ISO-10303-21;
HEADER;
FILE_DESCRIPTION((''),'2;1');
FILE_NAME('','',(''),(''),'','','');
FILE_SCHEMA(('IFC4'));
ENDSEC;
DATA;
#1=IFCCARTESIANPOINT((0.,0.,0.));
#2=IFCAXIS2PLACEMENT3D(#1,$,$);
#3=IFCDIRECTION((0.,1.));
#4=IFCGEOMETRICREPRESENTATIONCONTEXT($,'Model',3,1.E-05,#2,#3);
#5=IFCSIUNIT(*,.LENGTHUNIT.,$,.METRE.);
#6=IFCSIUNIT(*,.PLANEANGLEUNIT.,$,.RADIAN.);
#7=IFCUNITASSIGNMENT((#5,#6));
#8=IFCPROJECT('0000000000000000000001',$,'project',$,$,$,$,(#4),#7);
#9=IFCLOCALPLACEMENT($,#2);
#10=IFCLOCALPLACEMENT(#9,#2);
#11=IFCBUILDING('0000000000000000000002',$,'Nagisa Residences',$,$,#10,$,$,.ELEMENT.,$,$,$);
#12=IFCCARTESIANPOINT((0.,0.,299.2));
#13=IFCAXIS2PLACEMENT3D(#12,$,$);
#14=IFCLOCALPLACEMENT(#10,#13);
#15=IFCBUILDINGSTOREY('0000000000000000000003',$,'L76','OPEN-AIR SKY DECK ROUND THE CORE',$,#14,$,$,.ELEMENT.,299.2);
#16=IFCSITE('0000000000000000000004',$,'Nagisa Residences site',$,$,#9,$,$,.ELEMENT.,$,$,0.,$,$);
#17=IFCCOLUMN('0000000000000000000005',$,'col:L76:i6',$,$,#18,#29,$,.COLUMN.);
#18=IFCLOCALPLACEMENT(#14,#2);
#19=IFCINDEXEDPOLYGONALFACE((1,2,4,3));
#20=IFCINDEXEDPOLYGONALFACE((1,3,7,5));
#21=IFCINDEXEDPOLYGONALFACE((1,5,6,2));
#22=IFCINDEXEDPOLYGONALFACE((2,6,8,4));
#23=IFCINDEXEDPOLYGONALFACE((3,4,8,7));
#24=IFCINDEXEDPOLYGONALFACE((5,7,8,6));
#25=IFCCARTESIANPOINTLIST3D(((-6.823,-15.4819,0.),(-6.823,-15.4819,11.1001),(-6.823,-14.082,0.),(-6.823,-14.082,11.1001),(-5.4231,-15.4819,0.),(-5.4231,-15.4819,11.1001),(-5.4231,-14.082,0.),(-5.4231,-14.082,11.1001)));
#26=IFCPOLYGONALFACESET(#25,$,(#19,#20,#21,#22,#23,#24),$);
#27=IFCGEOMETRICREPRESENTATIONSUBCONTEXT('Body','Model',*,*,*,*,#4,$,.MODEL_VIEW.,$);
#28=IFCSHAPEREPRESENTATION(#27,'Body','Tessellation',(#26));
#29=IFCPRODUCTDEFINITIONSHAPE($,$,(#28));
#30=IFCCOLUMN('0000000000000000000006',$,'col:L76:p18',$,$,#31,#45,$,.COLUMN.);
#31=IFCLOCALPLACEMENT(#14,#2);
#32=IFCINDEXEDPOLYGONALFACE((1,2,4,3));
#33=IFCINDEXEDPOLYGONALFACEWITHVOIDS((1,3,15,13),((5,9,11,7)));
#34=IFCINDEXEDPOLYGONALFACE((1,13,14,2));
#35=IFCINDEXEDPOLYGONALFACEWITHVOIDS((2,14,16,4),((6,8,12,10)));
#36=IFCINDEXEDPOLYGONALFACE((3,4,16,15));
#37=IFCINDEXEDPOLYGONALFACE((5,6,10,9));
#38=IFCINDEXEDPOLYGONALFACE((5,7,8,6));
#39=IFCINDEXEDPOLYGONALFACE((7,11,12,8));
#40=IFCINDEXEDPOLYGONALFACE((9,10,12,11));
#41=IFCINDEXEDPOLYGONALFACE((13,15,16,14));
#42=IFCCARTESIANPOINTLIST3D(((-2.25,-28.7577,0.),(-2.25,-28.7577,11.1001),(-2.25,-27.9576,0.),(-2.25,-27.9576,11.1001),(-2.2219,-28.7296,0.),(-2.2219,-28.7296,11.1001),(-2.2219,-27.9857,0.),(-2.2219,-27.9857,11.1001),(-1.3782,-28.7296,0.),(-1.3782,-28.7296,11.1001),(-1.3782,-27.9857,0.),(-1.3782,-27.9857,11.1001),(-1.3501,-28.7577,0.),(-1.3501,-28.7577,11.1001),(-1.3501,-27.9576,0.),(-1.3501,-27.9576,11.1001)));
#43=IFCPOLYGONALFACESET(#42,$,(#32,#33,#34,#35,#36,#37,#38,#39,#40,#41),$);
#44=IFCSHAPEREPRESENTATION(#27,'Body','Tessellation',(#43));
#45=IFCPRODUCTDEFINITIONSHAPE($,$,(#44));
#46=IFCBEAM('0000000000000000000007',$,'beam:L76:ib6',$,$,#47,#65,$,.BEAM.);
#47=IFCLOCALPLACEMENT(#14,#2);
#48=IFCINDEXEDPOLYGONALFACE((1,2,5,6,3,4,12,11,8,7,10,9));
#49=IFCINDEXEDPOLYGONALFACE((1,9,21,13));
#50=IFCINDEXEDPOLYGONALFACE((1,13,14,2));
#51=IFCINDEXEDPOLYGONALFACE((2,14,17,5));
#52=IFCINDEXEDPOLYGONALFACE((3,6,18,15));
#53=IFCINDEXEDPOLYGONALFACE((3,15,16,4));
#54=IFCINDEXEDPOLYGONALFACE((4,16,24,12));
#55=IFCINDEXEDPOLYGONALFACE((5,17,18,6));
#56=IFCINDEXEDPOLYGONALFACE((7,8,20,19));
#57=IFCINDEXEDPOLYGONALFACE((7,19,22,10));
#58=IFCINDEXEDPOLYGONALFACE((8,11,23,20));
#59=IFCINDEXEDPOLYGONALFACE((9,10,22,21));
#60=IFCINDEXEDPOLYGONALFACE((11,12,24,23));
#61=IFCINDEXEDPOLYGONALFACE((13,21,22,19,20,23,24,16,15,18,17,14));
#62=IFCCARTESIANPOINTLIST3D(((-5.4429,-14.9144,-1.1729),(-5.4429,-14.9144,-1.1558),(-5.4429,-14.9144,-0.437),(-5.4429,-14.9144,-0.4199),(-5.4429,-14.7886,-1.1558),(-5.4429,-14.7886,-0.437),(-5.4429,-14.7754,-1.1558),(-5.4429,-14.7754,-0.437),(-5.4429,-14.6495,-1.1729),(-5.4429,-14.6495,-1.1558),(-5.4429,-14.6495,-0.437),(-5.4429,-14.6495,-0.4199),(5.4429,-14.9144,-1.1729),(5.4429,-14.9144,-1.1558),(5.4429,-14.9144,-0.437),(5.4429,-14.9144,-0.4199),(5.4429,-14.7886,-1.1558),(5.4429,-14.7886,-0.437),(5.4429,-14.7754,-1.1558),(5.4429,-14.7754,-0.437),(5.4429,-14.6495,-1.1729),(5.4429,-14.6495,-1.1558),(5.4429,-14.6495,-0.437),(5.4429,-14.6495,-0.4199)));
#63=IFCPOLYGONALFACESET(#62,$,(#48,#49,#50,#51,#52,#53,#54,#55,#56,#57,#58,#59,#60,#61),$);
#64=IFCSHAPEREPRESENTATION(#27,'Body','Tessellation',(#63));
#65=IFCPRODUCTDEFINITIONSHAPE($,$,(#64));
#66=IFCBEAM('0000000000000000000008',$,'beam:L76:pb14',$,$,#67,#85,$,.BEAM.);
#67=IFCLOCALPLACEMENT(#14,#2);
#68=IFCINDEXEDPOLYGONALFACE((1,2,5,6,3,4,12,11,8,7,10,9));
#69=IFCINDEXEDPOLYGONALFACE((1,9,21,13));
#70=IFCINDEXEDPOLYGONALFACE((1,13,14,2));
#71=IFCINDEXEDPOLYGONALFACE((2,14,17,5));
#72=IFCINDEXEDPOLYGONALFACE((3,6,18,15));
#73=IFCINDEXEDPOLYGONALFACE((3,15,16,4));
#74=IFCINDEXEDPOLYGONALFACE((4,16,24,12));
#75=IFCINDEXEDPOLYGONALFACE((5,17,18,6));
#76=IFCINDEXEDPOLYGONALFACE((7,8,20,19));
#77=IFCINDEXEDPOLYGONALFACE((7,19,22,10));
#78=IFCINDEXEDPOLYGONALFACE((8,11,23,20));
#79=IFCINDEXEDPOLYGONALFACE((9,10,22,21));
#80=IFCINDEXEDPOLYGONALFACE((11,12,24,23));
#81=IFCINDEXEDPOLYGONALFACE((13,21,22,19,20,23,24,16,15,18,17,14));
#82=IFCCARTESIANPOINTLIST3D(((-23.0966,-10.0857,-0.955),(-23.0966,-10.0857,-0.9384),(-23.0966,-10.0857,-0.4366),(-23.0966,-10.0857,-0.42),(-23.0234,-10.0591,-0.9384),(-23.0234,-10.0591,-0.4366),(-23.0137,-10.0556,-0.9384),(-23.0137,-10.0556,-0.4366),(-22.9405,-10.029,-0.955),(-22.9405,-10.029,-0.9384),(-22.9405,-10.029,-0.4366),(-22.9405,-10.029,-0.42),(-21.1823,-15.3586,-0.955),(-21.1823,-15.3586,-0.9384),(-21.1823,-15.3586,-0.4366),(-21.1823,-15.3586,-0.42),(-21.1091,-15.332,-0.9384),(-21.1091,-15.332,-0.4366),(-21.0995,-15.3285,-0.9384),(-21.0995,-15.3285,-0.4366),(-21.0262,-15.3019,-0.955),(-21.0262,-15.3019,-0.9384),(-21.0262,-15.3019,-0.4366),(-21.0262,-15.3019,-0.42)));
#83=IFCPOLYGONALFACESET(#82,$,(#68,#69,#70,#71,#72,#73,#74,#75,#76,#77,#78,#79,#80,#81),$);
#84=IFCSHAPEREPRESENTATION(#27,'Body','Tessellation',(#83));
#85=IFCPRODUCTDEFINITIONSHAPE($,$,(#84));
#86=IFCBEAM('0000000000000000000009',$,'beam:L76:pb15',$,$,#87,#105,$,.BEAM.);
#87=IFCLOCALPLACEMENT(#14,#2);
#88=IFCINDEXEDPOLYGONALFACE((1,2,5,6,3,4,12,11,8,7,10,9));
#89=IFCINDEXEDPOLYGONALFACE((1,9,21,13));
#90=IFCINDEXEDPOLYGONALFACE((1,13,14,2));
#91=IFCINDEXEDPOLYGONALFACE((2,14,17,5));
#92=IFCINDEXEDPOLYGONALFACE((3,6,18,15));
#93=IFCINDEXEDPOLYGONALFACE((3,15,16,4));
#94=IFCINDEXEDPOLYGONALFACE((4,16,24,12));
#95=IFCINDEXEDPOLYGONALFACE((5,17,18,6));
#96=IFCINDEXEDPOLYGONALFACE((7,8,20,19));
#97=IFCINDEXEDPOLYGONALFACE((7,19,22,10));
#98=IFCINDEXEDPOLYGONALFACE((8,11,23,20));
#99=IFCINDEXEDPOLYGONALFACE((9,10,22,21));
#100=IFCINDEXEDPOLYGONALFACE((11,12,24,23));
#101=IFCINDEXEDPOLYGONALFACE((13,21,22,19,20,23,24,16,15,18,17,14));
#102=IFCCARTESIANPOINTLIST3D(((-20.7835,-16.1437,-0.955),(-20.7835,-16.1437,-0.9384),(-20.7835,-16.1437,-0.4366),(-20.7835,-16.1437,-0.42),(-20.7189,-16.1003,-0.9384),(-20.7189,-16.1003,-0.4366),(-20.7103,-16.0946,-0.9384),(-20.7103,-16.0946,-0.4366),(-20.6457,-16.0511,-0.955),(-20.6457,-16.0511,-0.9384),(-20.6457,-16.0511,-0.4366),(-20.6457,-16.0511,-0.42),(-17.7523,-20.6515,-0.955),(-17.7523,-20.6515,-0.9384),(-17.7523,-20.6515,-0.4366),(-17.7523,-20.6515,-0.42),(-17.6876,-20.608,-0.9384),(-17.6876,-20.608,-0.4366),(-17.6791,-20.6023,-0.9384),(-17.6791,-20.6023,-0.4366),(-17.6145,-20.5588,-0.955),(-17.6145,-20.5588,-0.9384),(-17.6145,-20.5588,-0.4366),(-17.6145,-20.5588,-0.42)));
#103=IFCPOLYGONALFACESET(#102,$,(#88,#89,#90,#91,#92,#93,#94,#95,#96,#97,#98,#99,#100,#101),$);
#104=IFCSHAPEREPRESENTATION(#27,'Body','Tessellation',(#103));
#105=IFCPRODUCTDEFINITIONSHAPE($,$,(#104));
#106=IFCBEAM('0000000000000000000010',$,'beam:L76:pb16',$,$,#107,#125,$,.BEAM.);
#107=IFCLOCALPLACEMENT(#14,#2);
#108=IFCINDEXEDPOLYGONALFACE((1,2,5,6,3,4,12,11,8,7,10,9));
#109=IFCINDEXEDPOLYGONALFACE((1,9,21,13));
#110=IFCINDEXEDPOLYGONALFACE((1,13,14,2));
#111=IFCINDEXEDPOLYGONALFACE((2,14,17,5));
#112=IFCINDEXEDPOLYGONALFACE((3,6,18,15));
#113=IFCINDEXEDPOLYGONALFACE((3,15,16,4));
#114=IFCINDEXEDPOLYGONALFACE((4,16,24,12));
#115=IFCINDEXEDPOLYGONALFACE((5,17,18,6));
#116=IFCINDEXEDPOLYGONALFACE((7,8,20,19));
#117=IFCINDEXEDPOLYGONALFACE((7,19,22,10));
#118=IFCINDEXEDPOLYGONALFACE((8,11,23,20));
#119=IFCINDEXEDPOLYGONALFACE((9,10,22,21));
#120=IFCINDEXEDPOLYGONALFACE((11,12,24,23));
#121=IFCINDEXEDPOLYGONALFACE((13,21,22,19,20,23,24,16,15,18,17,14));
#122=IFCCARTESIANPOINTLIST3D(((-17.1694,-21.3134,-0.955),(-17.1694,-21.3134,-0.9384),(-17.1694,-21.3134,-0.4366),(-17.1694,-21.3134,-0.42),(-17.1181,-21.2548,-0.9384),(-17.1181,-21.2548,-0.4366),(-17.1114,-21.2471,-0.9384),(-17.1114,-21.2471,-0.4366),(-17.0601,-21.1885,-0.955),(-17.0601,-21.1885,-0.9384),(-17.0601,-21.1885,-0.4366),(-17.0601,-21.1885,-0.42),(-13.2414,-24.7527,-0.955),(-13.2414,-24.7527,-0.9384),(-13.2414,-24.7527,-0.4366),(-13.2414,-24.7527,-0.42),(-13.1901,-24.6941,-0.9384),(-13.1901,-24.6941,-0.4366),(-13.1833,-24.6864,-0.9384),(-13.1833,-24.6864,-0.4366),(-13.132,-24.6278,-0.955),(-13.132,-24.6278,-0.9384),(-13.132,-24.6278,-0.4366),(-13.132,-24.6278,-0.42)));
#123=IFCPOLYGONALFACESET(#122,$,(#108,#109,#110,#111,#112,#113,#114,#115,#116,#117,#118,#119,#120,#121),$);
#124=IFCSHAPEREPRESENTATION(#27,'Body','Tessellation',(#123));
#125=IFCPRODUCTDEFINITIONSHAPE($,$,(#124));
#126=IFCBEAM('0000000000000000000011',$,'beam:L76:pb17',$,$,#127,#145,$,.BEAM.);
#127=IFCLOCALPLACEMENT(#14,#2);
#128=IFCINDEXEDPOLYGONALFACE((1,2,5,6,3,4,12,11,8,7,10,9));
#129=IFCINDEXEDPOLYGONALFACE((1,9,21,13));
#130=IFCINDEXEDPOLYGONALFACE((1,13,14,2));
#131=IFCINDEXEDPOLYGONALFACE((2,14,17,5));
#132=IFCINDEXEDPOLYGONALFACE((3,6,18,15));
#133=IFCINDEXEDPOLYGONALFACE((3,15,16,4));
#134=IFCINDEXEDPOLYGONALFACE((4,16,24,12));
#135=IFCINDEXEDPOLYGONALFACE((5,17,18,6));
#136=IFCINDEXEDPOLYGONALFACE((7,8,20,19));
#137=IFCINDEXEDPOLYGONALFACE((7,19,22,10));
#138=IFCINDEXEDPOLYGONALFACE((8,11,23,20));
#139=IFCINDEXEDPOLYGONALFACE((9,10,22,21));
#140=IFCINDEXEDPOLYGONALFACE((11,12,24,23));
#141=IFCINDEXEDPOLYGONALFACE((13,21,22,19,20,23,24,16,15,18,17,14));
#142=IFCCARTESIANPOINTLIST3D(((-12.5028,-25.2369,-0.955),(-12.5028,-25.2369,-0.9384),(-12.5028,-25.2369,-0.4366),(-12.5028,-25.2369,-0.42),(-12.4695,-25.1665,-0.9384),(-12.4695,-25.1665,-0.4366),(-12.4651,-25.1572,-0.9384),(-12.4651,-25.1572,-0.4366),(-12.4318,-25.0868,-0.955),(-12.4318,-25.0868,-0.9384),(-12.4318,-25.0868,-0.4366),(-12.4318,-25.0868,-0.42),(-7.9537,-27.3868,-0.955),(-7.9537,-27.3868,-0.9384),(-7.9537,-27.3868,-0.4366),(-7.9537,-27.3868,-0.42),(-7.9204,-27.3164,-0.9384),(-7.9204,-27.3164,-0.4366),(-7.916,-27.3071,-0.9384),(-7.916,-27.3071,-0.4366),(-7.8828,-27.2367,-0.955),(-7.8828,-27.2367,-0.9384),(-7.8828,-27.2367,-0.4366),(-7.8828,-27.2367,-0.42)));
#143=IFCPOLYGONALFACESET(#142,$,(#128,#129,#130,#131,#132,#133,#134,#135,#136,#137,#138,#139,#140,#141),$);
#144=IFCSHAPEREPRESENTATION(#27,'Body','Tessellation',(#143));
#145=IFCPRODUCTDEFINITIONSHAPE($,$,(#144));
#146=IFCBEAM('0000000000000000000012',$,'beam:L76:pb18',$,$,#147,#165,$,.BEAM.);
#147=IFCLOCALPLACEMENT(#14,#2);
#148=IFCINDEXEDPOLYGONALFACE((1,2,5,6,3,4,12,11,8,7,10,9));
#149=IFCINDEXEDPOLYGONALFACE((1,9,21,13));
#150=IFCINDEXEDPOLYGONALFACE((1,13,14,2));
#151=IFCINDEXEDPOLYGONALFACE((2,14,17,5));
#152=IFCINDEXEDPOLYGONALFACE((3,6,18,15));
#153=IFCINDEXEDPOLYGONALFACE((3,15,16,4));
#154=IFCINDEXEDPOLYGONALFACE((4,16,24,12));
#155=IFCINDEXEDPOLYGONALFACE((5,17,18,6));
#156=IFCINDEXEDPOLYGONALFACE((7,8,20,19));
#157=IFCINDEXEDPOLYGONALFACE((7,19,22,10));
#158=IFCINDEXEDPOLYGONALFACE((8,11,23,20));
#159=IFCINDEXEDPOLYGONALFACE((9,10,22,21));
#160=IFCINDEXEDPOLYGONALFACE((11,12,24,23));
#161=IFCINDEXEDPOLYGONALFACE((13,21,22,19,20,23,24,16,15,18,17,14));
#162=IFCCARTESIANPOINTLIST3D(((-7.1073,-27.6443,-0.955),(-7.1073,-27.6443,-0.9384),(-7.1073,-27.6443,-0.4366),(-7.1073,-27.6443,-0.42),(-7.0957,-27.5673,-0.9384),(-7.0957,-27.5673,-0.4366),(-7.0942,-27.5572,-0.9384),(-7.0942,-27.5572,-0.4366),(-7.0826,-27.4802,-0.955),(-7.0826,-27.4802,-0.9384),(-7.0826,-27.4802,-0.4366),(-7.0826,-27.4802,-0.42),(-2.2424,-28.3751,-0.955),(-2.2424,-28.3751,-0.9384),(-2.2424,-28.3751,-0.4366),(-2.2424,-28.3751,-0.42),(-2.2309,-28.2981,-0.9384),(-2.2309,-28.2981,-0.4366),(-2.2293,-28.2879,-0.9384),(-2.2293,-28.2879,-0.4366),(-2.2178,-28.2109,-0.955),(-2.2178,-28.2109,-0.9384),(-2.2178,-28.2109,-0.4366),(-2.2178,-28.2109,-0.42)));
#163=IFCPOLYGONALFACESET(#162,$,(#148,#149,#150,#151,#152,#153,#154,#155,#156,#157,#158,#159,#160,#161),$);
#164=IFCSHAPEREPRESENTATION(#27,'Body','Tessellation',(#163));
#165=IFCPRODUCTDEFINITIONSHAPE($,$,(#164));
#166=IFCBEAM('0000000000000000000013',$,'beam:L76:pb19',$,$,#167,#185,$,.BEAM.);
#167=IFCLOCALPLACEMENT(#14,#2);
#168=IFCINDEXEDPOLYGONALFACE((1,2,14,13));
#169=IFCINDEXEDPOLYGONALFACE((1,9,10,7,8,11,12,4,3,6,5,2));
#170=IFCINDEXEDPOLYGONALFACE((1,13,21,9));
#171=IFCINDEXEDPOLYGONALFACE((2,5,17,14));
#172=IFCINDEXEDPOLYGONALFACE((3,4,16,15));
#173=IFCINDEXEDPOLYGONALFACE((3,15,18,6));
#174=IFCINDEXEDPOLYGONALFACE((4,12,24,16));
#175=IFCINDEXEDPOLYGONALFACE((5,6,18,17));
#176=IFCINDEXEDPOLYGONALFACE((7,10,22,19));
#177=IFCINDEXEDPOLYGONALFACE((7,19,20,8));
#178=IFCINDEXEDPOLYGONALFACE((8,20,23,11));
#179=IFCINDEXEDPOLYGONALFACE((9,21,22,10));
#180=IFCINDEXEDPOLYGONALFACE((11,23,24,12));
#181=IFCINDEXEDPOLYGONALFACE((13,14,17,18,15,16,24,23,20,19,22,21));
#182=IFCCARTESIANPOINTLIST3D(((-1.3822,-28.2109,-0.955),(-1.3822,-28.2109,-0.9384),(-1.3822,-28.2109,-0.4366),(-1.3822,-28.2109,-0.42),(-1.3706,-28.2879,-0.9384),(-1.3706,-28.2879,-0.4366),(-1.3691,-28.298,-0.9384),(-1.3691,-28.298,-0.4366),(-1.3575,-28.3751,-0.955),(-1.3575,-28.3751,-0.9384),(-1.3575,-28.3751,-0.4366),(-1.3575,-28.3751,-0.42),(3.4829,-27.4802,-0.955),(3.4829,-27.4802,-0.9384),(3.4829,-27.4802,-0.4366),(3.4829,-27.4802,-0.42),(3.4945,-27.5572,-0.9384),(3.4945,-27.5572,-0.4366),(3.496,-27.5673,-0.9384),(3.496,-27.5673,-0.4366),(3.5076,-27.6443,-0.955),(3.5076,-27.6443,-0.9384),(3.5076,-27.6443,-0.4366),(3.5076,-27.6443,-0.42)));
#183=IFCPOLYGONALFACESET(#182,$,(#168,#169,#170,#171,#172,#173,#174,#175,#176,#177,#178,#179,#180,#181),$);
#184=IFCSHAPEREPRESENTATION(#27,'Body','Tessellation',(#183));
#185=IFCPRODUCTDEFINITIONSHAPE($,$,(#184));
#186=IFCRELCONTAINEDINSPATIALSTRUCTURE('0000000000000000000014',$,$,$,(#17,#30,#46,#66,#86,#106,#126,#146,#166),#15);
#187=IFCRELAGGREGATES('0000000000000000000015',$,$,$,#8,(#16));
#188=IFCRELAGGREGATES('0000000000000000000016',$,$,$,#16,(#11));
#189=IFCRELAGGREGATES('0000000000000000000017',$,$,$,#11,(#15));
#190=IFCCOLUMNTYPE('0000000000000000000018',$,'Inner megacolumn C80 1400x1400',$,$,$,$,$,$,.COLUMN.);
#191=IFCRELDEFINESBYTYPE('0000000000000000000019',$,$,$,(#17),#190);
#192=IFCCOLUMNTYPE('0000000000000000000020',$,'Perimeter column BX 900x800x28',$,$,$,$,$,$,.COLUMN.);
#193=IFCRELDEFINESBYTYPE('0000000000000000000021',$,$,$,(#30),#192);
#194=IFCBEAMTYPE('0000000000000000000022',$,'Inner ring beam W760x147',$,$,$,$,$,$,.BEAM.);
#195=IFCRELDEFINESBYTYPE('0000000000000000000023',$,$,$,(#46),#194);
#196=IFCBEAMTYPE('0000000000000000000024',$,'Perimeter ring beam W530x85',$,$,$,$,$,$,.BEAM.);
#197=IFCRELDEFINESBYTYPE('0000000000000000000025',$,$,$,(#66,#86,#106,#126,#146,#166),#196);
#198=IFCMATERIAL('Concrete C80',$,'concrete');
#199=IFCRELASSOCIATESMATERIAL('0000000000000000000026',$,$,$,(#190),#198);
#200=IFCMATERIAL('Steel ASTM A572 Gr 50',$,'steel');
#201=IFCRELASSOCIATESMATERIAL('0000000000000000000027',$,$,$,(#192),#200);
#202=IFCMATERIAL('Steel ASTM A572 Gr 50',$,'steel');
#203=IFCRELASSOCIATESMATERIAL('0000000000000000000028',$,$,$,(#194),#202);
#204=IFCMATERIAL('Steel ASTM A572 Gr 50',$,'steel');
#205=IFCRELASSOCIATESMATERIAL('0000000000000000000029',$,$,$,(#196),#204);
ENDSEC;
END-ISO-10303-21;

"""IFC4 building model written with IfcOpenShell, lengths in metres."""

from ifc_helpers import new_model, si_unit, direction, frame, origin, origin_2d, place, context, subcontext, project, spatial, rectangle, hollow_rectangle, i_section, extrude, material, material_profile, profile_set, type_object, element, save


model = new_model("IFC4")

# Units and contexts
model_context = context("Model", 3, precision=1e-05, world=origin(), true_north=direction((0.0, 1.0)))
body_context = subcontext(model_context, "Body", "Model", "MODEL_VIEW")
ifc_project = project(units=[si_unit("LENGTHUNIT", "METRE"), si_unit("PLANEANGLEUNIT", "RADIAN")], contexts=[model_context])

# Site, building, storey
site_placement = place(None, origin())
site = spatial("IfcSite", under=ifc_project, at=site_placement, Name="Nagisa Residences site", CompositionType="ELEMENT", RefElevation=0.0)
building_placement = place(site_placement, origin())
building = spatial("IfcBuilding", under=site, at=building_placement, Name="Nagisa Residences", CompositionType="ELEMENT")
storey_placement = place(building_placement, frame((0.0, 0.0, 299.2)))
storey = spatial("IfcBuildingStorey", under=building, at=storey_placement, Name="L76", Description="OPEN-AIR SKY DECK ROUND THE CORE", CompositionType="ELEMENT", Elevation=299.2)

# Columns
ifc_material_1 = material(Name="Concrete C80", Category="concrete")
ifc_material_profile_1 = material_profile(ifc_material_1, rectangle(XDim=1.3999, YDim=1.3999, at=origin_2d()), Name="C80 1400x1400")
ifc_profile_set_1 = profile_set([ifc_material_profile_1], Name="Concrete C80")
column_type_1 = type_object("IfcColumnType", Name="Inner megacolumn C80 1400x1400", PredefinedType="COLUMN", material=ifc_profile_set_1)
column_1_placement = place(storey_placement, frame((-6.123, -14.782, 0.0), z_axis=(0.0, 0.0, 1.0), x_axis=(1.0, 0.0, 0.0)))
element("IfcColumn", 1, at=column_1_placement, inside=storey, type_object=column_type_1, Name="col:L76:i6", PredefinedType="COLUMN", context=body_context, shape_type="SweptSolid", body=[
    extrude(rectangle(XDim=1.3999, YDim=1.3999, at=origin_2d()), origin(), (0.0, 0.0, 1.0), 11.1001),
])
ifc_material_2 = material(Name="Steel ASTM A572 Gr 50", Category="steel")
ifc_material_profile_2 = material_profile(ifc_material_2, hollow_rectangle(XDim=0.8999, YDim=0.8, WallThickness=0.0281, at=origin_2d()), Name="BX 900x800x28")
ifc_profile_set_2 = profile_set([ifc_material_profile_2], Name="Steel ASTM A572 Gr 50")
column_type_2 = type_object("IfcColumnType", Name="Perimeter column BX 900x800x28", PredefinedType="COLUMN", material=ifc_profile_set_2)
column_2_placement = place(storey_placement, frame((-1.8, -28.3577, 0.0), z_axis=(0.0, 0.0, 1.0), x_axis=(1.0, 0.0, 0.0)))
element("IfcColumn", 2, at=column_2_placement, inside=storey, type_object=column_type_2, Name="col:L76:p18", PredefinedType="COLUMN", context=body_context, shape_type="SweptSolid", body=[
    extrude(hollow_rectangle(XDim=0.8999, YDim=0.8, WallThickness=0.0281, at=origin_2d()), origin(), (0.0, 0.0, 1.0), 11.1001),
])

# Beams
ifc_material_3 = material(Name="Steel ASTM A572 Gr 50", Category="steel")
ifc_material_profile_3 = material_profile(ifc_material_3, i_section(OverallWidth=0.2649, OverallDepth=0.7529, WebThickness=0.0132, FlangeThickness=0.0171, at=origin_2d()), Name="W760x147")
ifc_profile_set_3 = profile_set([ifc_material_profile_3], Name="Steel ASTM A572 Gr 50")
beam_type_1 = type_object("IfcBeamType", Name="Inner ring beam W760x147", PredefinedType="BEAM", material=ifc_profile_set_3)
beam_1_placement = place(storey_placement, frame((-5.4429, -14.782, -0.7964), z_axis=(1.0, 0.0, 0.0), x_axis=(0.0, 1.0, 0.0)))
element("IfcBeam", 3, at=beam_1_placement, inside=storey, type_object=beam_type_1, Name="beam:L76:ib6", PredefinedType="BEAM", context=body_context, shape_type="SweptSolid", body=[
    extrude(i_section(OverallWidth=0.2649, OverallDepth=0.7529, WebThickness=0.0132, FlangeThickness=0.0171, at=origin_2d()), origin(), (0.0, 0.0, 1.0), 10.8857),
])
ifc_material_4 = material(Name="Steel ASTM A572 Gr 50", Category="steel")
ifc_material_profile_4 = material_profile(ifc_material_4, i_section(OverallWidth=0.166, OverallDepth=0.5349, WebThickness=0.0103, FlangeThickness=0.0166, at=origin_2d()), Name="W530x85")
ifc_profile_set_4 = profile_set([ifc_material_profile_4], Name="Steel ASTM A572 Gr 50")
beam_type_2 = type_object("IfcBeamType", Name="Perimeter ring beam W530x85", PredefinedType="BEAM", material=ifc_profile_set_4)
beam_2_placement = place(storey_placement, frame((-23.0186, -10.0574, -0.6875), z_axis=(0.34125, -0.939972, 0.0), x_axis=(0.939972, 0.34125, 0.0)))
element("IfcBeam", 4, at=beam_2_placement, inside=storey, type_object=beam_type_2, Name="beam:L76:pb14", PredefinedType="BEAM", context=body_context, shape_type="SweptSolid", body=[
    extrude(i_section(OverallWidth=0.166, OverallDepth=0.5349, WebThickness=0.0103, FlangeThickness=0.0166, at=origin_2d()), origin(), (0.0, 0.0, 1.0), 5.6096),
])
beam_3_placement = place(storey_placement, frame((-20.7146, -16.0974, -0.6875), z_axis=(0.558015, -0.829831, 0.0), x_axis=(0.829831, 0.558015, 0.0)))
element("IfcBeam", 5, at=beam_3_placement, inside=storey, type_object=beam_type_2, Name="beam:L76:pb15", PredefinedType="BEAM", context=body_context, shape_type="SweptSolid", body=[
    extrude(i_section(OverallWidth=0.166, OverallDepth=0.5349, WebThickness=0.0103, FlangeThickness=0.0166, at=origin_2d()), origin(), (0.0, 0.0, 1.0), 5.4321),
])
beam_4_placement = place(storey_placement, frame((-17.1147, -21.251, -0.6875), z_axis=(0.752365, -0.658746, 0.0), x_axis=(0.658746, 0.752365, 0.0)))
element("IfcBeam", 6, at=beam_4_placement, inside=storey, type_object=beam_type_2, Name="beam:L76:pb16", PredefinedType="BEAM", context=body_context, shape_type="SweptSolid", body=[
    extrude(i_section(OverallWidth=0.166, OverallDepth=0.5349, WebThickness=0.0103, FlangeThickness=0.0166, at=origin_2d()), origin(), (0.0, 0.0, 1.0), 5.2209),
])
beam_5_placement = place(storey_placement, frame((-12.4673, -25.1619, -0.6875), z_axis=(0.904116, -0.427287, 0.0), x_axis=(0.427287, 0.904116, 0.0)))
element("IfcBeam", 7, at=beam_5_placement, inside=storey, type_object=beam_type_2, Name="beam:L76:pb17", PredefinedType="BEAM", context=body_context, shape_type="SweptSolid", body=[
    extrude(i_section(OverallWidth=0.166, OverallDepth=0.5349, WebThickness=0.0103, FlangeThickness=0.0166, at=origin_2d()), origin(), (0.0, 0.0, 1.0), 5.0315),
])
beam_6_placement = place(storey_placement, frame((-7.095, -27.5623, -0.6875), z_axis=(0.988906, -0.148539, 0.0), x_axis=(0.148539, 0.988906, 0.0)))
element("IfcBeam", 8, at=beam_6_placement, inside=storey, type_object=beam_type_2, Name="beam:L76:pb18", PredefinedType="BEAM", context=body_context, shape_type="SweptSolid", body=[
    extrude(i_section(OverallWidth=0.166, OverallDepth=0.5349, WebThickness=0.0103, FlangeThickness=0.0166, at=origin_2d()), origin(), (0.0, 0.0, 1.0), 4.9194),
])
beam_7_placement = place(storey_placement, frame((-1.3699, -28.293, -0.6875), z_axis=(0.988908, 0.148532, 0.0), x_axis=(-0.148532, 0.988908, 0.0)))
element("IfcBeam", 9, at=beam_7_placement, inside=storey, type_object=beam_type_2, Name="beam:L76:pb19", PredefinedType="BEAM", context=body_context, shape_type="SweptSolid", body=[
    extrude(i_section(OverallWidth=0.166, OverallDepth=0.5349, WebThickness=0.0103, FlangeThickness=0.0166, at=origin_2d()), origin(), (0.0, 0.0, 1.0), 4.9197),
])

save(model, "model.ifc")
